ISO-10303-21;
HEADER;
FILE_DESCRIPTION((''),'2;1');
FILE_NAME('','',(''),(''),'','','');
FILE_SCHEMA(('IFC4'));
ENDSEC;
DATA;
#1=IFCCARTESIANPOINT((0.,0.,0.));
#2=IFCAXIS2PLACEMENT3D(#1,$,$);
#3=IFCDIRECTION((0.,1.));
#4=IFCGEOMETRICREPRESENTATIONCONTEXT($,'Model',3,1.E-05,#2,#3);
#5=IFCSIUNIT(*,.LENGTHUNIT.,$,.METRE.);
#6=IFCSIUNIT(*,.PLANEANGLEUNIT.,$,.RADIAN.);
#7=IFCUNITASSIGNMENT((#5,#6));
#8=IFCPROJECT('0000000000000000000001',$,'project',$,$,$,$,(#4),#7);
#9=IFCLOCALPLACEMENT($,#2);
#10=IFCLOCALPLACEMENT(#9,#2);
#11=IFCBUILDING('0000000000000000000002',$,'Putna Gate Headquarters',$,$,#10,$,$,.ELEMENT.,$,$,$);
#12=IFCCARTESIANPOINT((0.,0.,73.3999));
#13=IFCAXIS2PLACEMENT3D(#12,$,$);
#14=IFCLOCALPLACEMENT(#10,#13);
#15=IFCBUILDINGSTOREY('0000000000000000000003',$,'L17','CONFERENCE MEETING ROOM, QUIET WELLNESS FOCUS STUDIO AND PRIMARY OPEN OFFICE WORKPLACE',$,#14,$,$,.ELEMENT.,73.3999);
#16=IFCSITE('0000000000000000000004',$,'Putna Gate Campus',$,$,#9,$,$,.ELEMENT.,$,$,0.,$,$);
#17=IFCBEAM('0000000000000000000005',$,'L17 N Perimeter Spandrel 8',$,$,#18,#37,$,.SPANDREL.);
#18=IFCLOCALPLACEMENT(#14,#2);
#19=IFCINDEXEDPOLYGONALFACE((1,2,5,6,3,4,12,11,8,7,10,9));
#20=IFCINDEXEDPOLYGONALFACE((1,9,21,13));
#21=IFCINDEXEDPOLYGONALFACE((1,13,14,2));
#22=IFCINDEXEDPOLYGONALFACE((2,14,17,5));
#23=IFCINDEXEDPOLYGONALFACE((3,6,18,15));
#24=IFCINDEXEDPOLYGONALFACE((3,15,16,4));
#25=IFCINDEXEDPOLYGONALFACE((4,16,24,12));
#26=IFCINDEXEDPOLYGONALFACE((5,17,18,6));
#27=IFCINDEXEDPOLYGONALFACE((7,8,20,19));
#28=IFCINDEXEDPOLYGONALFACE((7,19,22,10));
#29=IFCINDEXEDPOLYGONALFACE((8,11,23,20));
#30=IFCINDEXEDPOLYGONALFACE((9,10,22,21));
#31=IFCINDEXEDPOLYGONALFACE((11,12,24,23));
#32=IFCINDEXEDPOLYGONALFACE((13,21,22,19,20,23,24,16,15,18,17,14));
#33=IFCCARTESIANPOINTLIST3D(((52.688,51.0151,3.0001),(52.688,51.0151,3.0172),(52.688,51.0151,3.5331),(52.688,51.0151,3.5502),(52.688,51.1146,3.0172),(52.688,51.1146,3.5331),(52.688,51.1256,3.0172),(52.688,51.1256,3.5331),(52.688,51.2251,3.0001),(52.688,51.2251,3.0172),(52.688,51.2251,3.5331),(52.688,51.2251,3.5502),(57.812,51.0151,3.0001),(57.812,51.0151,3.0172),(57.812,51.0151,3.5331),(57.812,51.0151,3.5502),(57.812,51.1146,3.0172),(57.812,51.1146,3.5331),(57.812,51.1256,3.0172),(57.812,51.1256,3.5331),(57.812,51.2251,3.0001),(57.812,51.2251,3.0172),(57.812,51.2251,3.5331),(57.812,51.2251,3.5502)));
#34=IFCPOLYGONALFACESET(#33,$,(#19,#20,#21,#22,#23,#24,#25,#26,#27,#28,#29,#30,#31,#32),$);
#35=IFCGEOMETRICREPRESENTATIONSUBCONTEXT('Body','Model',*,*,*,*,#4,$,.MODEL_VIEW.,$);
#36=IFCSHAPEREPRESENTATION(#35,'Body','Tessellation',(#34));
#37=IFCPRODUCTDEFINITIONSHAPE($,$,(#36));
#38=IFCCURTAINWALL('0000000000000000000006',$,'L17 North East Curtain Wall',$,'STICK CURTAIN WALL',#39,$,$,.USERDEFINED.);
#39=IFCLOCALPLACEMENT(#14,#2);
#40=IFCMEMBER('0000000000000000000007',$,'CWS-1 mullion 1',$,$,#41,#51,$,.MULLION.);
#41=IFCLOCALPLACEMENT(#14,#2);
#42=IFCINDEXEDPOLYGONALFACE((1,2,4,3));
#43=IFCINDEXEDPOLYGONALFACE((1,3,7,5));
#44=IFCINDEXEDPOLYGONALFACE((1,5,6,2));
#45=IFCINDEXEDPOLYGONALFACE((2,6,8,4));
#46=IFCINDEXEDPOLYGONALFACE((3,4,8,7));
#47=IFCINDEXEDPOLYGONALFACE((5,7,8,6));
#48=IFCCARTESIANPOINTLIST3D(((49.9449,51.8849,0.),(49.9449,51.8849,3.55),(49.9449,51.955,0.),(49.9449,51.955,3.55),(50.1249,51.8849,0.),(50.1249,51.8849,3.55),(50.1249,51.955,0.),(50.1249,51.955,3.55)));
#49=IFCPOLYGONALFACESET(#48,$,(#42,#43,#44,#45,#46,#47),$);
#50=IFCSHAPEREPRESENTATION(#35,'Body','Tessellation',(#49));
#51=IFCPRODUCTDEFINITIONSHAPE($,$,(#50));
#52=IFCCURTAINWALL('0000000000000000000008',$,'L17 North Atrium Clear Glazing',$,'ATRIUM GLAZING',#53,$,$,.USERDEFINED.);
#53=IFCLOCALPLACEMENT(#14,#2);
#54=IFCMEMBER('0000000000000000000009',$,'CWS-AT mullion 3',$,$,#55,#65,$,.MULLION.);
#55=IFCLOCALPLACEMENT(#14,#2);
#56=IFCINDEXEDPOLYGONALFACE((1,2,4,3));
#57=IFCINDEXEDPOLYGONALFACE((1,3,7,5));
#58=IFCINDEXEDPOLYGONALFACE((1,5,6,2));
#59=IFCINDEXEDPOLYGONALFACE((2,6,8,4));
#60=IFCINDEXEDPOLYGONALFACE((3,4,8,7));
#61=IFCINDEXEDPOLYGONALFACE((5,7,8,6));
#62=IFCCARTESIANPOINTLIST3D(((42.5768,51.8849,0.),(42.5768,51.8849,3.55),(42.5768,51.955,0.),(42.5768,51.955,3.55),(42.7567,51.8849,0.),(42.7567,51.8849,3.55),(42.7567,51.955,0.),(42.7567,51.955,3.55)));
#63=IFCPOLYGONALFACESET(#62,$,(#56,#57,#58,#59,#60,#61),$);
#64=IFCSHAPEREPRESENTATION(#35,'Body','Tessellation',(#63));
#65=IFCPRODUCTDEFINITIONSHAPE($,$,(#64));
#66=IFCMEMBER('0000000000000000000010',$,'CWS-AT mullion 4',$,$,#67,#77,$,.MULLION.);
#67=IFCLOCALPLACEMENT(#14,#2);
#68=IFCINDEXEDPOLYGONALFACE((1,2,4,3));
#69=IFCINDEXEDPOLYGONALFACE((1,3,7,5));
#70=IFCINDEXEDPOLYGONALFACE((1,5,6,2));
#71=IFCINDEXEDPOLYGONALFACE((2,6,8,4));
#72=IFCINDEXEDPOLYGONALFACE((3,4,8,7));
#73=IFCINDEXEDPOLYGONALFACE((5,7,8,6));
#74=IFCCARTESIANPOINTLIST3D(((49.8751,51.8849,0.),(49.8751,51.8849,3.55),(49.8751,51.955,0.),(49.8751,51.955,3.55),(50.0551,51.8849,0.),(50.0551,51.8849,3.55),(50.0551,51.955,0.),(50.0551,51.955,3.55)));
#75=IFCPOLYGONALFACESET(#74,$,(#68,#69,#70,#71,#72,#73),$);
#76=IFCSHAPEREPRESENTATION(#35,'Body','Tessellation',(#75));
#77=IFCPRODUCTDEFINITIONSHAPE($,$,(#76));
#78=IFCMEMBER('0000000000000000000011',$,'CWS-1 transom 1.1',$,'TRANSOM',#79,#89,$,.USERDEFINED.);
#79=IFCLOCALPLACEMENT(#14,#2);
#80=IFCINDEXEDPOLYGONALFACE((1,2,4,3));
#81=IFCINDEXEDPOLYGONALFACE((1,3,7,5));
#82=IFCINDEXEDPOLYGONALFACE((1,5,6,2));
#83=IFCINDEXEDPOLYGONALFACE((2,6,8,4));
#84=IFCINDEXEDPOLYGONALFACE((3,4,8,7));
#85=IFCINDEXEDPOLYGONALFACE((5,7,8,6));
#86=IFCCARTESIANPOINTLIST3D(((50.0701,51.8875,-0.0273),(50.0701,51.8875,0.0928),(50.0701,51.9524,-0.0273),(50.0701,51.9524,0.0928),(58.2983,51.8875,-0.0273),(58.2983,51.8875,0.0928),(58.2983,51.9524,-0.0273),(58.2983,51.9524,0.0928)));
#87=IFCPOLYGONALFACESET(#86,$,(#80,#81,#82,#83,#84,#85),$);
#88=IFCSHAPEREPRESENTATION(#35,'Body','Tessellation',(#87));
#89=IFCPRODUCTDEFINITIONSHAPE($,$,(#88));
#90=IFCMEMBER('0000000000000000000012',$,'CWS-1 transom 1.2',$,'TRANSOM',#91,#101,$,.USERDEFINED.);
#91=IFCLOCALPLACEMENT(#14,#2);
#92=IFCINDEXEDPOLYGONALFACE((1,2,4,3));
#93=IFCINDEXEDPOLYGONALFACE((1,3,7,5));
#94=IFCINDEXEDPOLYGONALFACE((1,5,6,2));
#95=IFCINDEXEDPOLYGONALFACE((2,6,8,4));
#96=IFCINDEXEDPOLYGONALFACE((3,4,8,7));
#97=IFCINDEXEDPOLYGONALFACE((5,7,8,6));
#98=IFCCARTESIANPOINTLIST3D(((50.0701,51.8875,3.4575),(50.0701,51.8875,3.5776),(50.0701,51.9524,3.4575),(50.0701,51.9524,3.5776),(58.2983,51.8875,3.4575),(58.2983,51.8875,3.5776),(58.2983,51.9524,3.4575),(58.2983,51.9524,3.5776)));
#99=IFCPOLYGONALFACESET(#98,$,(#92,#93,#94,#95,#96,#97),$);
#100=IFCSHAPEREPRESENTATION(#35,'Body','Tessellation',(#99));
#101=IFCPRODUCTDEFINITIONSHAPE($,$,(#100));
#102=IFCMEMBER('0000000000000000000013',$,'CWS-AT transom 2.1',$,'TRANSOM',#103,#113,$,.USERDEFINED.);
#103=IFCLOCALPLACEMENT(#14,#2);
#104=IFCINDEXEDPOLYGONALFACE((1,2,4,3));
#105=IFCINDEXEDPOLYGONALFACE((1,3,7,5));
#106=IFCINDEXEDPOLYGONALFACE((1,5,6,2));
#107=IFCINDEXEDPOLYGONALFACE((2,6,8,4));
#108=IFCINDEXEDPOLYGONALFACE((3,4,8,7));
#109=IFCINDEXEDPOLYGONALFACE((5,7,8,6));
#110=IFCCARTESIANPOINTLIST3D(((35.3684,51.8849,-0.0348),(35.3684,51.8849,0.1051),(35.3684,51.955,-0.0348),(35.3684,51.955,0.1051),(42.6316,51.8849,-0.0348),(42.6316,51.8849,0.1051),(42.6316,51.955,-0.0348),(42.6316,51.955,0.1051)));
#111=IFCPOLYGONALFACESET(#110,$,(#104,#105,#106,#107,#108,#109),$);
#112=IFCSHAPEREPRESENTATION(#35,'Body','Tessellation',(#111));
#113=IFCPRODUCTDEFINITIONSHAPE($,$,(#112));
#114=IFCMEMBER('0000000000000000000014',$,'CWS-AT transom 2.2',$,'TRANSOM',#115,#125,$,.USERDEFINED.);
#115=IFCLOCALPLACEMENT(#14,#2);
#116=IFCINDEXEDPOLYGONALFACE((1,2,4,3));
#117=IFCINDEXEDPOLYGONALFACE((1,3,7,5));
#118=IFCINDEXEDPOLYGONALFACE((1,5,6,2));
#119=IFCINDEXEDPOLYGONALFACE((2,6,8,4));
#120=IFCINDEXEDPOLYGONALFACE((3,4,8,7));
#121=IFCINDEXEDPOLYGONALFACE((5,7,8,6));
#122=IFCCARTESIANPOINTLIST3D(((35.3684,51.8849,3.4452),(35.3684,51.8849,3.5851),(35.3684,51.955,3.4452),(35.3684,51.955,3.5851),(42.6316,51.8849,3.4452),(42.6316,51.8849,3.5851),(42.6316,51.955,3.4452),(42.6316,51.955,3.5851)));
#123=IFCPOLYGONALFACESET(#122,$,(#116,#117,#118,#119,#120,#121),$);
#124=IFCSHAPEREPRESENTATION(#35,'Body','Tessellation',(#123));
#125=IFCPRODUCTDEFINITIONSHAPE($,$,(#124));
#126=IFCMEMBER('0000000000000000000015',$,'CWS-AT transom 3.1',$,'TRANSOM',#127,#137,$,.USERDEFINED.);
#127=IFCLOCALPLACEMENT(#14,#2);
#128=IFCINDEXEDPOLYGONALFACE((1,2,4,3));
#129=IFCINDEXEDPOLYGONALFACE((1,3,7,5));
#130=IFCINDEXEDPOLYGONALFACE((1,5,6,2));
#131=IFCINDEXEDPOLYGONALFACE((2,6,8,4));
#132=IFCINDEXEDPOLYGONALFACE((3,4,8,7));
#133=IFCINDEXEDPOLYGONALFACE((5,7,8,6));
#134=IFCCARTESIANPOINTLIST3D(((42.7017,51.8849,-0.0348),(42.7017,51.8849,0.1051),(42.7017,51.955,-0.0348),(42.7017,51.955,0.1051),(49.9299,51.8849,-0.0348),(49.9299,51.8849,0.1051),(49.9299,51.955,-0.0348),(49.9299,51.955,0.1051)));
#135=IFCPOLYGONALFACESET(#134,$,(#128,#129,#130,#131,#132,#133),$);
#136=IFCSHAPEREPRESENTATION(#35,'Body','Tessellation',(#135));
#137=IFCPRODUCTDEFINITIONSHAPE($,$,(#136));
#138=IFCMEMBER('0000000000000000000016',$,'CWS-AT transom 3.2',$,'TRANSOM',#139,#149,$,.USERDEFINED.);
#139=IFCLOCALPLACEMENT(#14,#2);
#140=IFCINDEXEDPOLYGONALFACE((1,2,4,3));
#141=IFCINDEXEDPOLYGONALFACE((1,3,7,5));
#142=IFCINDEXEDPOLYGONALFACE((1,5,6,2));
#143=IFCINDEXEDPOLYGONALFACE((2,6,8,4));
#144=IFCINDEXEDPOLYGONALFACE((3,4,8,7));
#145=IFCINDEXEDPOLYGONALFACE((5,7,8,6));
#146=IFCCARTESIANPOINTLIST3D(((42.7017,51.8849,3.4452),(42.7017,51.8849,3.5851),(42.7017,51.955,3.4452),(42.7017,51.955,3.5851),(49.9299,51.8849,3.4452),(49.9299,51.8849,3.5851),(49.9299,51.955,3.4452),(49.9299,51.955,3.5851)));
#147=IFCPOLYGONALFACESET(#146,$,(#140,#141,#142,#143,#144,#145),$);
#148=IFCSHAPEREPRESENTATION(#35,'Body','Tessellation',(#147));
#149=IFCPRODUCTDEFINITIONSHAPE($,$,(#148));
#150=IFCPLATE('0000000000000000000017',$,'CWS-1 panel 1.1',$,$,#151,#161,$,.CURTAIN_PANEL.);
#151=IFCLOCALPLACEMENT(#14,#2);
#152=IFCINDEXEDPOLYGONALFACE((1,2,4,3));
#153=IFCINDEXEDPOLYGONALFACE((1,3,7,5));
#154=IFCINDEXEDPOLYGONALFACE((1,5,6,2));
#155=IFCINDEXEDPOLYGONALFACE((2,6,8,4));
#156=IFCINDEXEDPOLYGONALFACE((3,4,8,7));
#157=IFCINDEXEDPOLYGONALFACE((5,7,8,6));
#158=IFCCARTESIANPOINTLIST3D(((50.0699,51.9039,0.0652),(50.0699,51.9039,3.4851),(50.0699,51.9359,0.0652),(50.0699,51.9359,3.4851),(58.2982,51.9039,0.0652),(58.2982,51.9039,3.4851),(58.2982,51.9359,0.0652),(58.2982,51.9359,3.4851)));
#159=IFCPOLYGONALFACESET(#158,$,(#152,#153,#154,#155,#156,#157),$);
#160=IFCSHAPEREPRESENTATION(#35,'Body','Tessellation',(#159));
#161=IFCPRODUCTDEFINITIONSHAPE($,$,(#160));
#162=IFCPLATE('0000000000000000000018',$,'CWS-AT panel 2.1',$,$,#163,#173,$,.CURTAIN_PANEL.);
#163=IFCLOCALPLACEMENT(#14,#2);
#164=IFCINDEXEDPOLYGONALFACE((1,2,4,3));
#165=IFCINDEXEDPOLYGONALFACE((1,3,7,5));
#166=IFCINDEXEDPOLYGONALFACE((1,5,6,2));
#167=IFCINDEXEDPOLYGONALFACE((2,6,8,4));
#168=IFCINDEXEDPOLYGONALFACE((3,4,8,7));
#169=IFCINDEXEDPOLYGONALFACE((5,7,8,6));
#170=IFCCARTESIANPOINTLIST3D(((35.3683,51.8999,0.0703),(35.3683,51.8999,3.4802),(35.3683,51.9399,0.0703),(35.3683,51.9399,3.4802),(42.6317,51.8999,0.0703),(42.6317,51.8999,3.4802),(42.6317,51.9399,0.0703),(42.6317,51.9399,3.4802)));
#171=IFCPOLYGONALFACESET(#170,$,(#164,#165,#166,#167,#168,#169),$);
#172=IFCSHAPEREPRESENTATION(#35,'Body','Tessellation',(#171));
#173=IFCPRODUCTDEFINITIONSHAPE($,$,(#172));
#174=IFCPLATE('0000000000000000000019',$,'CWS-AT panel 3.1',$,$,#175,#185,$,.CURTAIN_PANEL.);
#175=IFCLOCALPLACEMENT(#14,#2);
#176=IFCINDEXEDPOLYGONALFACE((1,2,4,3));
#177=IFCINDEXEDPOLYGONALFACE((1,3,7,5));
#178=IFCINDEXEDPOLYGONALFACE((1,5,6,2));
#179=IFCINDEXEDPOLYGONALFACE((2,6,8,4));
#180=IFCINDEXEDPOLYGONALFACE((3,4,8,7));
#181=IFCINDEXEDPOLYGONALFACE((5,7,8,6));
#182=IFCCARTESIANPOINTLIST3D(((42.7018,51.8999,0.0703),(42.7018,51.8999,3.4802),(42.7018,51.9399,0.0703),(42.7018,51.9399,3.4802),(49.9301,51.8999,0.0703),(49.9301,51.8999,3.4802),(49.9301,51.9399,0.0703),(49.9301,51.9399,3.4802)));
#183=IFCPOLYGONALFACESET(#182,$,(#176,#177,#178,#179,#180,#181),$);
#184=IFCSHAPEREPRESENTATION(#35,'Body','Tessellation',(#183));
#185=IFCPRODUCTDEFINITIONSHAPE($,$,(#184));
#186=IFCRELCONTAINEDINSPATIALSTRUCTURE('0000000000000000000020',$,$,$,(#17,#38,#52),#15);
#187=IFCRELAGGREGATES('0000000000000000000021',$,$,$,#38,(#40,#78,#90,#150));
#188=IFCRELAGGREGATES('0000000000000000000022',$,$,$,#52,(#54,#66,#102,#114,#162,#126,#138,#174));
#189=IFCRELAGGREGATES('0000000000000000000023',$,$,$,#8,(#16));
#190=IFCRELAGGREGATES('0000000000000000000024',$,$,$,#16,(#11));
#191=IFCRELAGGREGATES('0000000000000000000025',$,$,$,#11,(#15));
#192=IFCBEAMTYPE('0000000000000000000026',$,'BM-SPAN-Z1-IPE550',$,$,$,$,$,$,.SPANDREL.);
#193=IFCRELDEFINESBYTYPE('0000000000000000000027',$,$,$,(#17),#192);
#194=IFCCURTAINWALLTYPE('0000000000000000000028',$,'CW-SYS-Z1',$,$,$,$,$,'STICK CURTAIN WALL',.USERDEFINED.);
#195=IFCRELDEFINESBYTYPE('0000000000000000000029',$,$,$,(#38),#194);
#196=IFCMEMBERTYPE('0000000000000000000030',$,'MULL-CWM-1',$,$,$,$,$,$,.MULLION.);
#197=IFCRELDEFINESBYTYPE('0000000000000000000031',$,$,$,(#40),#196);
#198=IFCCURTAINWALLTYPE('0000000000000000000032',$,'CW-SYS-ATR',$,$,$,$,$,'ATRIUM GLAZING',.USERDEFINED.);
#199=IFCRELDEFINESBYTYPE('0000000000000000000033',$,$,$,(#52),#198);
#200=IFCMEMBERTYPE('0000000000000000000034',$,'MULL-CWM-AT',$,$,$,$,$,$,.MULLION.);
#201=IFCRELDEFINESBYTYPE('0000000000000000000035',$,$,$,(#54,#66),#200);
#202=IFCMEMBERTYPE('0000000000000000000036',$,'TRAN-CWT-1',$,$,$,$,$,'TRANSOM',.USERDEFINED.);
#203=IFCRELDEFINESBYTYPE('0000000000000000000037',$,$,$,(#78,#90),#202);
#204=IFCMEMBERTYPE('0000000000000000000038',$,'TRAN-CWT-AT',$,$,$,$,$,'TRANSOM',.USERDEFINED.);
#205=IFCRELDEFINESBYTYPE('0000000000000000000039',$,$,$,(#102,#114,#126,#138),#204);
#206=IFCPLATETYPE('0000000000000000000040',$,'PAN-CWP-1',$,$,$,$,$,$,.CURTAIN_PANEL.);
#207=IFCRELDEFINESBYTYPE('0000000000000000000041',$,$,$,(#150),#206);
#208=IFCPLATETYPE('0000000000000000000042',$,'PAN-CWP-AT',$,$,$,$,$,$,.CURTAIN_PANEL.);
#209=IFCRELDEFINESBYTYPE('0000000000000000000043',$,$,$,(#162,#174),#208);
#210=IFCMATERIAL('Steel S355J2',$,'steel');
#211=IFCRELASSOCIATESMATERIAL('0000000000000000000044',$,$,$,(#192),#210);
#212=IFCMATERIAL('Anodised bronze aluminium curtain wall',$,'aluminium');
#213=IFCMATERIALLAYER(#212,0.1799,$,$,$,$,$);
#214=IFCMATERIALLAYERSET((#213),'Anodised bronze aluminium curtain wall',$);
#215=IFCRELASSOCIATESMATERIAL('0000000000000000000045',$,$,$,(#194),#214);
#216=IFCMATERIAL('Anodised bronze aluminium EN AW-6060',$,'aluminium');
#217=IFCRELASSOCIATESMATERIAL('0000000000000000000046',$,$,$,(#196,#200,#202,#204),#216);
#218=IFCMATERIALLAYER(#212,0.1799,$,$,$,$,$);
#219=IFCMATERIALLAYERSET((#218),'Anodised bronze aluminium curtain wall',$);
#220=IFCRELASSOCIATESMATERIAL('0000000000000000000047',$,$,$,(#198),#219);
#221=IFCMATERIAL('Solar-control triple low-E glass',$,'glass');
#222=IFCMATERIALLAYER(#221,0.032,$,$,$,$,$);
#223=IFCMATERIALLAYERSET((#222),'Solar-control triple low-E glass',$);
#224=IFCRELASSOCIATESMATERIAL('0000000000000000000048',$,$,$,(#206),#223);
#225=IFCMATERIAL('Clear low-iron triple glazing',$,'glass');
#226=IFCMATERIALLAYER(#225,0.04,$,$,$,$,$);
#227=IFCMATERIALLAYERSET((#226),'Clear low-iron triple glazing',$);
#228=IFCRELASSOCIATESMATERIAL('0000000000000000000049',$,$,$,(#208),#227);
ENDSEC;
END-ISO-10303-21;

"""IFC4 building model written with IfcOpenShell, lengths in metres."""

from ifc_helpers import new_model, si_unit, direction, frame, origin, origin_2d, place, context, subcontext, project, spatial, rectangle, i_section, extrude, material, layer, layer_set, material_profile, profile_set, type_object, element, aggregate, save


model = new_model("IFC4")

# Units and contexts
model_context = context("Model", 3, precision=1e-05, world=origin(), true_north=direction((0.0, 1.0)))
body_context = subcontext(model_context, "Body", "Model", "MODEL_VIEW")
ifc_project = project(units=[si_unit("LENGTHUNIT", "METRE"), si_unit("PLANEANGLEUNIT", "RADIAN")], contexts=[model_context])

# Site, building, storey
site_placement = place(None, origin())
site = spatial("IfcSite", under=ifc_project, at=site_placement, Name="Putna Gate Campus", CompositionType="ELEMENT", RefElevation=0.0)
building_placement = place(site_placement, origin())
building = spatial("IfcBuilding", under=site, at=building_placement, Name="Putna Gate Headquarters", CompositionType="ELEMENT")
storey_placement = place(building_placement, frame((0.0, 0.0, 73.3999)))
storey = spatial("IfcBuildingStorey", under=building, at=storey_placement, Name="L17", Description="CONFERENCE MEETING ROOM, QUIET WELLNESS FOCUS STUDIO AND PRIMARY OPEN OFFICE WORKPLACE", CompositionType="ELEMENT", Elevation=73.3999)

# Beam
ifc_material_1 = material(Name="Steel S355J2", Category="steel")
ifc_material_profile_1 = material_profile(ifc_material_1, i_section(OverallWidth=0.21, OverallDepth=0.55, WebThickness=0.011, FlangeThickness=0.0171, at=origin_2d()), Name="Steel S355J2")
ifc_profile_set_1 = profile_set([ifc_material_profile_1], Name="Steel S355J2")
beam_type_1 = type_object("IfcBeamType", Name="BM-SPAN-Z1-IPE550", PredefinedType="SPANDREL", material=ifc_profile_set_1)
for number, where, z_axis, x_axis, name in (
    (1, (52.688, 51.1201, 3.2751), (1.0, 0.0, 0.0), (0.0, 1.0, 0.0), "L17 N Perimeter Spandrel 8"),
):
    element("IfcBeam", number, at=place(storey_placement, frame(where, z_axis=z_axis, x_axis=x_axis)), inside=storey, type_object=beam_type_1, Name=name, PredefinedType="SPANDREL", context=body_context, shape_type="SweptSolid", body=[
        extrude(i_section(OverallWidth=0.21, OverallDepth=0.55, WebThickness=0.011, FlangeThickness=0.0171, at=origin_2d()), origin(), (0.0, 0.0, 1.0), 5.124),
    ])

# Curtain wall, member
ifc_material_2 = material(Name="Anodised bronze aluminium curtain wall", Category="aluminium")
ifc_layer_1 = layer(ifc_material_2, 0.1799)
ifc_layer_set_1 = layer_set([ifc_layer_1], Name="Anodised bronze aluminium curtain wall")
curtain_wall_type_1 = type_object("IfcCurtainWallType", Name="CW-SYS-Z1", ElementType="STICK CURTAIN WALL", PredefinedType="USERDEFINED", material=ifc_layer_set_1)
curtain_wall_1_placement = place(storey_placement, origin())
curtain_wall_1 = element("IfcCurtainWall", 2, at=curtain_wall_1_placement, inside=storey, type_object=curtain_wall_type_1, Name="L17 North East Curtain Wall", ObjectType="STICK CURTAIN WALL", PredefinedType="USERDEFINED")
ifc_material_3 = material(Name="Anodised bronze aluminium EN AW-6060", Category="aluminium")
ifc_material_profile_2 = material_profile(ifc_material_3, rectangle(XDim=0.0701, YDim=0.1799, at=origin_2d()), Name="Anodised bronze aluminium EN AW-6060")
ifc_profile_set_2 = profile_set([ifc_material_profile_2], Name="Anodised bronze aluminium EN AW-6060")
member_type_1 = type_object("IfcMemberType", Name="MULL-CWM-1", PredefinedType="MULLION", material=ifc_profile_set_2)
member_1_placement = place(storey_placement, frame((50.0349, 51.9199, 0.0), z_axis=(0.0, 0.0, 1.0), x_axis=(0.0, 1.0, 0.0)))
member_1 = element("IfcMember", 3, at=member_1_placement, type_object=member_type_1, Name="CWS-1 mullion 1", PredefinedType="MULLION", context=body_context, shape_type="SweptSolid", body=[
    extrude(rectangle(XDim=0.0701, YDim=0.1799, at=origin_2d()), origin(), (0.0, 0.0, 1.0), 3.55),
])

# Curtain wall, members
ifc_layer_2 = layer(ifc_material_2, 0.1799)
ifc_layer_set_2 = layer_set([ifc_layer_2], Name="Anodised bronze aluminium curtain wall")
curtain_wall_type_2 = type_object("IfcCurtainWallType", Name="CW-SYS-ATR", ElementType="ATRIUM GLAZING", PredefinedType="USERDEFINED", material=ifc_layer_set_2)
curtain_wall_2_placement = place(storey_placement, origin())
curtain_wall_2 = element("IfcCurtainWall", 4, at=curtain_wall_2_placement, inside=storey, type_object=curtain_wall_type_2, Name="L17 North Atrium Clear Glazing", ObjectType="ATRIUM GLAZING", PredefinedType="USERDEFINED")
ifc_material_profile_3 = material_profile(ifc_material_3, rectangle(XDim=0.0701, YDim=0.1799, at=origin_2d()), Name="Anodised bronze aluminium EN AW-6060")
ifc_profile_set_3 = profile_set([ifc_material_profile_3], Name="Anodised bronze aluminium EN AW-6060")
member_type_2 = type_object("IfcMemberType", Name="MULL-CWM-AT", PredefinedType="MULLION", material=ifc_profile_set_3)
member_2_placement = place(storey_placement, frame((42.6667, 51.9199, 0.0), z_axis=(0.0, 0.0, 1.0), x_axis=(0.0, 1.0, 0.0)))
member_2 = element("IfcMember", 5, at=member_2_placement, type_object=member_type_2, Name="CWS-AT mullion 3", PredefinedType="MULLION", context=body_context, shape_type="SweptSolid", body=[
    extrude(rectangle(XDim=0.0701, YDim=0.1799, at=origin_2d()), origin(), (0.0, 0.0, 1.0), 3.55),
])
member_3_placement = place(storey_placement, frame((49.9651, 51.9199, 0.0), z_axis=(0.0, 0.0, 1.0), x_axis=(0.0, 1.0, 0.0)))
member_3 = element("IfcMember", 6, at=member_3_placement, type_object=member_type_2, Name="CWS-AT mullion 4", PredefinedType="MULLION", context=body_context, shape_type="SweptSolid", body=[
    extrude(rectangle(XDim=0.0701, YDim=0.1799, at=origin_2d()), origin(), (0.0, 0.0, 1.0), 3.55),
])

# Members
ifc_material_profile_4 = material_profile(ifc_material_3, rectangle(XDim=0.0649, YDim=0.1201, at=origin_2d()), Name="Anodised bronze aluminium EN AW-6060")
ifc_profile_set_4 = profile_set([ifc_material_profile_4], Name="Anodised bronze aluminium EN AW-6060")
member_type_3 = type_object("IfcMemberType", Name="TRAN-CWT-1", ElementType="TRANSOM", PredefinedType="USERDEFINED", material=ifc_profile_set_4)
member_4_placement = place(storey_placement, frame((50.0701, 51.9199, 0.0327), z_axis=(1.0, 0.0, 0.0), x_axis=(0.0, 1.0, 0.0)))
member_4 = element("IfcMember", 7, at=member_4_placement, type_object=member_type_3, Name="CWS-1 transom 1.1", ObjectType="TRANSOM", PredefinedType="USERDEFINED", context=body_context, shape_type="SweptSolid", body=[
    extrude(rectangle(XDim=0.0649, YDim=0.1201, at=origin_2d()), origin(), (0.0, 0.0, 1.0), 8.2283),
])
member_5_placement = place(storey_placement, frame((50.0701, 51.9199, 3.5176), z_axis=(1.0, 0.0, 0.0), x_axis=(0.0, 1.0, 0.0)))
member_5 = element("IfcMember", 8, at=member_5_placement, type_object=member_type_3, Name="CWS-1 transom 1.2", ObjectType="TRANSOM", PredefinedType="USERDEFINED", context=body_context, shape_type="SweptSolid", body=[
    extrude(rectangle(XDim=0.0649, YDim=0.1201, at=origin_2d()), origin(), (0.0, 0.0, 1.0), 8.2283),
])
ifc_material_profile_5 = material_profile(ifc_material_3, rectangle(XDim=0.0701, YDim=0.1399, at=origin_2d()), Name="Anodised bronze aluminium EN AW-6060")
ifc_profile_set_5 = profile_set([ifc_material_profile_5], Name="Anodised bronze aluminium EN AW-6060")
member_type_4 = type_object("IfcMemberType", Name="TRAN-CWT-AT", ElementType="TRANSOM", PredefinedType="USERDEFINED", material=ifc_profile_set_5)
member_6_placement = place(storey_placement, frame((35.3684, 51.9199, 0.0352), z_axis=(1.0, 0.0, 0.0), x_axis=(0.0, 1.0, 0.0)))
member_6 = element("IfcMember", 9, at=member_6_placement, type_object=member_type_4, Name="CWS-AT transom 2.1", ObjectType="TRANSOM", PredefinedType="USERDEFINED", context=body_context, shape_type="SweptSolid", body=[
    extrude(rectangle(XDim=0.0701, YDim=0.1399, at=origin_2d()), origin(), (0.0, 0.0, 1.0), 7.2632),
])
member_7_placement = place(storey_placement, frame((35.3684, 51.9199, 3.5151), z_axis=(1.0, 0.0, 0.0), x_axis=(0.0, 1.0, 0.0)))
member_7 = element("IfcMember", 10, at=member_7_placement, type_object=member_type_4, Name="CWS-AT transom 2.2", ObjectType="TRANSOM", PredefinedType="USERDEFINED", context=body_context, shape_type="SweptSolid", body=[
    extrude(rectangle(XDim=0.0701, YDim=0.1399, at=origin_2d()), origin(), (0.0, 0.0, 1.0), 7.2632),
])
member_8_placement = place(storey_placement, frame((42.7017, 51.9199, 0.0352), z_axis=(1.0, 0.0, 0.0), x_axis=(0.0, 1.0, 0.0)))
member_8 = element("IfcMember", 11, at=member_8_placement, type_object=member_type_4, Name="CWS-AT transom 3.1", ObjectType="TRANSOM", PredefinedType="USERDEFINED", context=body_context, shape_type="SweptSolid", body=[
    extrude(rectangle(XDim=0.0701, YDim=0.1399, at=origin_2d()), origin(), (0.0, 0.0, 1.0), 7.2283),
])
member_9_placement = place(storey_placement, frame((42.7017, 51.9199, 3.5151), z_axis=(1.0, 0.0, 0.0), x_axis=(0.0, 1.0, 0.0)))
member_9 = element("IfcMember", 12, at=member_9_placement, type_object=member_type_4, Name="CWS-AT transom 3.2", ObjectType="TRANSOM", PredefinedType="USERDEFINED", context=body_context, shape_type="SweptSolid", body=[
    extrude(rectangle(XDim=0.0701, YDim=0.1399, at=origin_2d()), origin(), (0.0, 0.0, 1.0), 7.2283),
])

# Plates
ifc_material_4 = material(Name="Solar-control triple low-E glass", Category="glass")
ifc_layer_3 = layer(ifc_material_4, 0.032)
ifc_layer_set_3 = layer_set([ifc_layer_3], Name="Solar-control triple low-E glass")
plate_type_1 = type_object("IfcPlateType", Name="PAN-CWP-1", PredefinedType="CURTAIN_PANEL", material=ifc_layer_set_3)
plate_1_placement = place(storey_placement, frame((54.1841, 51.9199, 0.0652), z_axis=(0.0, 0.0, 1.0), x_axis=(1.0, 0.0, 0.0)))
plate_1 = element("IfcPlate", 13, at=plate_1_placement, type_object=plate_type_1, Name="CWS-1 panel 1.1", PredefinedType="CURTAIN_PANEL", context=body_context, shape_type="SweptSolid", body=[
    extrude(rectangle(XDim=8.2283, YDim=0.032, at=origin_2d()), origin(), (0.0, 0.0, 1.0), 3.4199),
])
aggregate(curtain_wall_1, [member_1, member_4, member_5, plate_1])
ifc_material_5 = material(Name="Clear low-iron triple glazing", Category="glass")
ifc_layer_4 = layer(ifc_material_5, 0.04)
ifc_layer_set_4 = layer_set([ifc_layer_4], Name="Clear low-iron triple glazing")
plate_type_2 = type_object("IfcPlateType", Name="PAN-CWP-AT", PredefinedType="CURTAIN_PANEL", material=ifc_layer_set_4)
plate_2_placement = place(storey_placement, frame((39.0, 51.9199, 0.0703), z_axis=(0.0, 0.0, 1.0), x_axis=(1.0, 0.0, 0.0)))
plate_2 = element("IfcPlate", 14, at=plate_2_placement, type_object=plate_type_2, Name="CWS-AT panel 2.1", PredefinedType="CURTAIN_PANEL", context=body_context, shape_type="SweptSolid", body=[
    extrude(rectangle(XDim=7.2634, YDim=0.04, at=origin_2d()), origin(), (0.0, 0.0, 1.0), 3.4099),
])
plate_3_placement = place(storey_placement, frame((46.3159, 51.9199, 0.0703), z_axis=(0.0, 0.0, 1.0), x_axis=(1.0, 0.0, 0.0)))
plate_3 = element("IfcPlate", 15, at=plate_3_placement, type_object=plate_type_2, Name="CWS-AT panel 3.1", PredefinedType="CURTAIN_PANEL", context=body_context, shape_type="SweptSolid", body=[
    extrude(rectangle(XDim=7.2283, YDim=0.04, at=origin_2d()), origin(), (0.0, 0.0, 1.0), 3.4099),
])
aggregate(curtain_wall_2, [member_2, member_3, member_6, member_7, plate_2, member_8, member_9, plate_3])

save(model, "model.ifc")
